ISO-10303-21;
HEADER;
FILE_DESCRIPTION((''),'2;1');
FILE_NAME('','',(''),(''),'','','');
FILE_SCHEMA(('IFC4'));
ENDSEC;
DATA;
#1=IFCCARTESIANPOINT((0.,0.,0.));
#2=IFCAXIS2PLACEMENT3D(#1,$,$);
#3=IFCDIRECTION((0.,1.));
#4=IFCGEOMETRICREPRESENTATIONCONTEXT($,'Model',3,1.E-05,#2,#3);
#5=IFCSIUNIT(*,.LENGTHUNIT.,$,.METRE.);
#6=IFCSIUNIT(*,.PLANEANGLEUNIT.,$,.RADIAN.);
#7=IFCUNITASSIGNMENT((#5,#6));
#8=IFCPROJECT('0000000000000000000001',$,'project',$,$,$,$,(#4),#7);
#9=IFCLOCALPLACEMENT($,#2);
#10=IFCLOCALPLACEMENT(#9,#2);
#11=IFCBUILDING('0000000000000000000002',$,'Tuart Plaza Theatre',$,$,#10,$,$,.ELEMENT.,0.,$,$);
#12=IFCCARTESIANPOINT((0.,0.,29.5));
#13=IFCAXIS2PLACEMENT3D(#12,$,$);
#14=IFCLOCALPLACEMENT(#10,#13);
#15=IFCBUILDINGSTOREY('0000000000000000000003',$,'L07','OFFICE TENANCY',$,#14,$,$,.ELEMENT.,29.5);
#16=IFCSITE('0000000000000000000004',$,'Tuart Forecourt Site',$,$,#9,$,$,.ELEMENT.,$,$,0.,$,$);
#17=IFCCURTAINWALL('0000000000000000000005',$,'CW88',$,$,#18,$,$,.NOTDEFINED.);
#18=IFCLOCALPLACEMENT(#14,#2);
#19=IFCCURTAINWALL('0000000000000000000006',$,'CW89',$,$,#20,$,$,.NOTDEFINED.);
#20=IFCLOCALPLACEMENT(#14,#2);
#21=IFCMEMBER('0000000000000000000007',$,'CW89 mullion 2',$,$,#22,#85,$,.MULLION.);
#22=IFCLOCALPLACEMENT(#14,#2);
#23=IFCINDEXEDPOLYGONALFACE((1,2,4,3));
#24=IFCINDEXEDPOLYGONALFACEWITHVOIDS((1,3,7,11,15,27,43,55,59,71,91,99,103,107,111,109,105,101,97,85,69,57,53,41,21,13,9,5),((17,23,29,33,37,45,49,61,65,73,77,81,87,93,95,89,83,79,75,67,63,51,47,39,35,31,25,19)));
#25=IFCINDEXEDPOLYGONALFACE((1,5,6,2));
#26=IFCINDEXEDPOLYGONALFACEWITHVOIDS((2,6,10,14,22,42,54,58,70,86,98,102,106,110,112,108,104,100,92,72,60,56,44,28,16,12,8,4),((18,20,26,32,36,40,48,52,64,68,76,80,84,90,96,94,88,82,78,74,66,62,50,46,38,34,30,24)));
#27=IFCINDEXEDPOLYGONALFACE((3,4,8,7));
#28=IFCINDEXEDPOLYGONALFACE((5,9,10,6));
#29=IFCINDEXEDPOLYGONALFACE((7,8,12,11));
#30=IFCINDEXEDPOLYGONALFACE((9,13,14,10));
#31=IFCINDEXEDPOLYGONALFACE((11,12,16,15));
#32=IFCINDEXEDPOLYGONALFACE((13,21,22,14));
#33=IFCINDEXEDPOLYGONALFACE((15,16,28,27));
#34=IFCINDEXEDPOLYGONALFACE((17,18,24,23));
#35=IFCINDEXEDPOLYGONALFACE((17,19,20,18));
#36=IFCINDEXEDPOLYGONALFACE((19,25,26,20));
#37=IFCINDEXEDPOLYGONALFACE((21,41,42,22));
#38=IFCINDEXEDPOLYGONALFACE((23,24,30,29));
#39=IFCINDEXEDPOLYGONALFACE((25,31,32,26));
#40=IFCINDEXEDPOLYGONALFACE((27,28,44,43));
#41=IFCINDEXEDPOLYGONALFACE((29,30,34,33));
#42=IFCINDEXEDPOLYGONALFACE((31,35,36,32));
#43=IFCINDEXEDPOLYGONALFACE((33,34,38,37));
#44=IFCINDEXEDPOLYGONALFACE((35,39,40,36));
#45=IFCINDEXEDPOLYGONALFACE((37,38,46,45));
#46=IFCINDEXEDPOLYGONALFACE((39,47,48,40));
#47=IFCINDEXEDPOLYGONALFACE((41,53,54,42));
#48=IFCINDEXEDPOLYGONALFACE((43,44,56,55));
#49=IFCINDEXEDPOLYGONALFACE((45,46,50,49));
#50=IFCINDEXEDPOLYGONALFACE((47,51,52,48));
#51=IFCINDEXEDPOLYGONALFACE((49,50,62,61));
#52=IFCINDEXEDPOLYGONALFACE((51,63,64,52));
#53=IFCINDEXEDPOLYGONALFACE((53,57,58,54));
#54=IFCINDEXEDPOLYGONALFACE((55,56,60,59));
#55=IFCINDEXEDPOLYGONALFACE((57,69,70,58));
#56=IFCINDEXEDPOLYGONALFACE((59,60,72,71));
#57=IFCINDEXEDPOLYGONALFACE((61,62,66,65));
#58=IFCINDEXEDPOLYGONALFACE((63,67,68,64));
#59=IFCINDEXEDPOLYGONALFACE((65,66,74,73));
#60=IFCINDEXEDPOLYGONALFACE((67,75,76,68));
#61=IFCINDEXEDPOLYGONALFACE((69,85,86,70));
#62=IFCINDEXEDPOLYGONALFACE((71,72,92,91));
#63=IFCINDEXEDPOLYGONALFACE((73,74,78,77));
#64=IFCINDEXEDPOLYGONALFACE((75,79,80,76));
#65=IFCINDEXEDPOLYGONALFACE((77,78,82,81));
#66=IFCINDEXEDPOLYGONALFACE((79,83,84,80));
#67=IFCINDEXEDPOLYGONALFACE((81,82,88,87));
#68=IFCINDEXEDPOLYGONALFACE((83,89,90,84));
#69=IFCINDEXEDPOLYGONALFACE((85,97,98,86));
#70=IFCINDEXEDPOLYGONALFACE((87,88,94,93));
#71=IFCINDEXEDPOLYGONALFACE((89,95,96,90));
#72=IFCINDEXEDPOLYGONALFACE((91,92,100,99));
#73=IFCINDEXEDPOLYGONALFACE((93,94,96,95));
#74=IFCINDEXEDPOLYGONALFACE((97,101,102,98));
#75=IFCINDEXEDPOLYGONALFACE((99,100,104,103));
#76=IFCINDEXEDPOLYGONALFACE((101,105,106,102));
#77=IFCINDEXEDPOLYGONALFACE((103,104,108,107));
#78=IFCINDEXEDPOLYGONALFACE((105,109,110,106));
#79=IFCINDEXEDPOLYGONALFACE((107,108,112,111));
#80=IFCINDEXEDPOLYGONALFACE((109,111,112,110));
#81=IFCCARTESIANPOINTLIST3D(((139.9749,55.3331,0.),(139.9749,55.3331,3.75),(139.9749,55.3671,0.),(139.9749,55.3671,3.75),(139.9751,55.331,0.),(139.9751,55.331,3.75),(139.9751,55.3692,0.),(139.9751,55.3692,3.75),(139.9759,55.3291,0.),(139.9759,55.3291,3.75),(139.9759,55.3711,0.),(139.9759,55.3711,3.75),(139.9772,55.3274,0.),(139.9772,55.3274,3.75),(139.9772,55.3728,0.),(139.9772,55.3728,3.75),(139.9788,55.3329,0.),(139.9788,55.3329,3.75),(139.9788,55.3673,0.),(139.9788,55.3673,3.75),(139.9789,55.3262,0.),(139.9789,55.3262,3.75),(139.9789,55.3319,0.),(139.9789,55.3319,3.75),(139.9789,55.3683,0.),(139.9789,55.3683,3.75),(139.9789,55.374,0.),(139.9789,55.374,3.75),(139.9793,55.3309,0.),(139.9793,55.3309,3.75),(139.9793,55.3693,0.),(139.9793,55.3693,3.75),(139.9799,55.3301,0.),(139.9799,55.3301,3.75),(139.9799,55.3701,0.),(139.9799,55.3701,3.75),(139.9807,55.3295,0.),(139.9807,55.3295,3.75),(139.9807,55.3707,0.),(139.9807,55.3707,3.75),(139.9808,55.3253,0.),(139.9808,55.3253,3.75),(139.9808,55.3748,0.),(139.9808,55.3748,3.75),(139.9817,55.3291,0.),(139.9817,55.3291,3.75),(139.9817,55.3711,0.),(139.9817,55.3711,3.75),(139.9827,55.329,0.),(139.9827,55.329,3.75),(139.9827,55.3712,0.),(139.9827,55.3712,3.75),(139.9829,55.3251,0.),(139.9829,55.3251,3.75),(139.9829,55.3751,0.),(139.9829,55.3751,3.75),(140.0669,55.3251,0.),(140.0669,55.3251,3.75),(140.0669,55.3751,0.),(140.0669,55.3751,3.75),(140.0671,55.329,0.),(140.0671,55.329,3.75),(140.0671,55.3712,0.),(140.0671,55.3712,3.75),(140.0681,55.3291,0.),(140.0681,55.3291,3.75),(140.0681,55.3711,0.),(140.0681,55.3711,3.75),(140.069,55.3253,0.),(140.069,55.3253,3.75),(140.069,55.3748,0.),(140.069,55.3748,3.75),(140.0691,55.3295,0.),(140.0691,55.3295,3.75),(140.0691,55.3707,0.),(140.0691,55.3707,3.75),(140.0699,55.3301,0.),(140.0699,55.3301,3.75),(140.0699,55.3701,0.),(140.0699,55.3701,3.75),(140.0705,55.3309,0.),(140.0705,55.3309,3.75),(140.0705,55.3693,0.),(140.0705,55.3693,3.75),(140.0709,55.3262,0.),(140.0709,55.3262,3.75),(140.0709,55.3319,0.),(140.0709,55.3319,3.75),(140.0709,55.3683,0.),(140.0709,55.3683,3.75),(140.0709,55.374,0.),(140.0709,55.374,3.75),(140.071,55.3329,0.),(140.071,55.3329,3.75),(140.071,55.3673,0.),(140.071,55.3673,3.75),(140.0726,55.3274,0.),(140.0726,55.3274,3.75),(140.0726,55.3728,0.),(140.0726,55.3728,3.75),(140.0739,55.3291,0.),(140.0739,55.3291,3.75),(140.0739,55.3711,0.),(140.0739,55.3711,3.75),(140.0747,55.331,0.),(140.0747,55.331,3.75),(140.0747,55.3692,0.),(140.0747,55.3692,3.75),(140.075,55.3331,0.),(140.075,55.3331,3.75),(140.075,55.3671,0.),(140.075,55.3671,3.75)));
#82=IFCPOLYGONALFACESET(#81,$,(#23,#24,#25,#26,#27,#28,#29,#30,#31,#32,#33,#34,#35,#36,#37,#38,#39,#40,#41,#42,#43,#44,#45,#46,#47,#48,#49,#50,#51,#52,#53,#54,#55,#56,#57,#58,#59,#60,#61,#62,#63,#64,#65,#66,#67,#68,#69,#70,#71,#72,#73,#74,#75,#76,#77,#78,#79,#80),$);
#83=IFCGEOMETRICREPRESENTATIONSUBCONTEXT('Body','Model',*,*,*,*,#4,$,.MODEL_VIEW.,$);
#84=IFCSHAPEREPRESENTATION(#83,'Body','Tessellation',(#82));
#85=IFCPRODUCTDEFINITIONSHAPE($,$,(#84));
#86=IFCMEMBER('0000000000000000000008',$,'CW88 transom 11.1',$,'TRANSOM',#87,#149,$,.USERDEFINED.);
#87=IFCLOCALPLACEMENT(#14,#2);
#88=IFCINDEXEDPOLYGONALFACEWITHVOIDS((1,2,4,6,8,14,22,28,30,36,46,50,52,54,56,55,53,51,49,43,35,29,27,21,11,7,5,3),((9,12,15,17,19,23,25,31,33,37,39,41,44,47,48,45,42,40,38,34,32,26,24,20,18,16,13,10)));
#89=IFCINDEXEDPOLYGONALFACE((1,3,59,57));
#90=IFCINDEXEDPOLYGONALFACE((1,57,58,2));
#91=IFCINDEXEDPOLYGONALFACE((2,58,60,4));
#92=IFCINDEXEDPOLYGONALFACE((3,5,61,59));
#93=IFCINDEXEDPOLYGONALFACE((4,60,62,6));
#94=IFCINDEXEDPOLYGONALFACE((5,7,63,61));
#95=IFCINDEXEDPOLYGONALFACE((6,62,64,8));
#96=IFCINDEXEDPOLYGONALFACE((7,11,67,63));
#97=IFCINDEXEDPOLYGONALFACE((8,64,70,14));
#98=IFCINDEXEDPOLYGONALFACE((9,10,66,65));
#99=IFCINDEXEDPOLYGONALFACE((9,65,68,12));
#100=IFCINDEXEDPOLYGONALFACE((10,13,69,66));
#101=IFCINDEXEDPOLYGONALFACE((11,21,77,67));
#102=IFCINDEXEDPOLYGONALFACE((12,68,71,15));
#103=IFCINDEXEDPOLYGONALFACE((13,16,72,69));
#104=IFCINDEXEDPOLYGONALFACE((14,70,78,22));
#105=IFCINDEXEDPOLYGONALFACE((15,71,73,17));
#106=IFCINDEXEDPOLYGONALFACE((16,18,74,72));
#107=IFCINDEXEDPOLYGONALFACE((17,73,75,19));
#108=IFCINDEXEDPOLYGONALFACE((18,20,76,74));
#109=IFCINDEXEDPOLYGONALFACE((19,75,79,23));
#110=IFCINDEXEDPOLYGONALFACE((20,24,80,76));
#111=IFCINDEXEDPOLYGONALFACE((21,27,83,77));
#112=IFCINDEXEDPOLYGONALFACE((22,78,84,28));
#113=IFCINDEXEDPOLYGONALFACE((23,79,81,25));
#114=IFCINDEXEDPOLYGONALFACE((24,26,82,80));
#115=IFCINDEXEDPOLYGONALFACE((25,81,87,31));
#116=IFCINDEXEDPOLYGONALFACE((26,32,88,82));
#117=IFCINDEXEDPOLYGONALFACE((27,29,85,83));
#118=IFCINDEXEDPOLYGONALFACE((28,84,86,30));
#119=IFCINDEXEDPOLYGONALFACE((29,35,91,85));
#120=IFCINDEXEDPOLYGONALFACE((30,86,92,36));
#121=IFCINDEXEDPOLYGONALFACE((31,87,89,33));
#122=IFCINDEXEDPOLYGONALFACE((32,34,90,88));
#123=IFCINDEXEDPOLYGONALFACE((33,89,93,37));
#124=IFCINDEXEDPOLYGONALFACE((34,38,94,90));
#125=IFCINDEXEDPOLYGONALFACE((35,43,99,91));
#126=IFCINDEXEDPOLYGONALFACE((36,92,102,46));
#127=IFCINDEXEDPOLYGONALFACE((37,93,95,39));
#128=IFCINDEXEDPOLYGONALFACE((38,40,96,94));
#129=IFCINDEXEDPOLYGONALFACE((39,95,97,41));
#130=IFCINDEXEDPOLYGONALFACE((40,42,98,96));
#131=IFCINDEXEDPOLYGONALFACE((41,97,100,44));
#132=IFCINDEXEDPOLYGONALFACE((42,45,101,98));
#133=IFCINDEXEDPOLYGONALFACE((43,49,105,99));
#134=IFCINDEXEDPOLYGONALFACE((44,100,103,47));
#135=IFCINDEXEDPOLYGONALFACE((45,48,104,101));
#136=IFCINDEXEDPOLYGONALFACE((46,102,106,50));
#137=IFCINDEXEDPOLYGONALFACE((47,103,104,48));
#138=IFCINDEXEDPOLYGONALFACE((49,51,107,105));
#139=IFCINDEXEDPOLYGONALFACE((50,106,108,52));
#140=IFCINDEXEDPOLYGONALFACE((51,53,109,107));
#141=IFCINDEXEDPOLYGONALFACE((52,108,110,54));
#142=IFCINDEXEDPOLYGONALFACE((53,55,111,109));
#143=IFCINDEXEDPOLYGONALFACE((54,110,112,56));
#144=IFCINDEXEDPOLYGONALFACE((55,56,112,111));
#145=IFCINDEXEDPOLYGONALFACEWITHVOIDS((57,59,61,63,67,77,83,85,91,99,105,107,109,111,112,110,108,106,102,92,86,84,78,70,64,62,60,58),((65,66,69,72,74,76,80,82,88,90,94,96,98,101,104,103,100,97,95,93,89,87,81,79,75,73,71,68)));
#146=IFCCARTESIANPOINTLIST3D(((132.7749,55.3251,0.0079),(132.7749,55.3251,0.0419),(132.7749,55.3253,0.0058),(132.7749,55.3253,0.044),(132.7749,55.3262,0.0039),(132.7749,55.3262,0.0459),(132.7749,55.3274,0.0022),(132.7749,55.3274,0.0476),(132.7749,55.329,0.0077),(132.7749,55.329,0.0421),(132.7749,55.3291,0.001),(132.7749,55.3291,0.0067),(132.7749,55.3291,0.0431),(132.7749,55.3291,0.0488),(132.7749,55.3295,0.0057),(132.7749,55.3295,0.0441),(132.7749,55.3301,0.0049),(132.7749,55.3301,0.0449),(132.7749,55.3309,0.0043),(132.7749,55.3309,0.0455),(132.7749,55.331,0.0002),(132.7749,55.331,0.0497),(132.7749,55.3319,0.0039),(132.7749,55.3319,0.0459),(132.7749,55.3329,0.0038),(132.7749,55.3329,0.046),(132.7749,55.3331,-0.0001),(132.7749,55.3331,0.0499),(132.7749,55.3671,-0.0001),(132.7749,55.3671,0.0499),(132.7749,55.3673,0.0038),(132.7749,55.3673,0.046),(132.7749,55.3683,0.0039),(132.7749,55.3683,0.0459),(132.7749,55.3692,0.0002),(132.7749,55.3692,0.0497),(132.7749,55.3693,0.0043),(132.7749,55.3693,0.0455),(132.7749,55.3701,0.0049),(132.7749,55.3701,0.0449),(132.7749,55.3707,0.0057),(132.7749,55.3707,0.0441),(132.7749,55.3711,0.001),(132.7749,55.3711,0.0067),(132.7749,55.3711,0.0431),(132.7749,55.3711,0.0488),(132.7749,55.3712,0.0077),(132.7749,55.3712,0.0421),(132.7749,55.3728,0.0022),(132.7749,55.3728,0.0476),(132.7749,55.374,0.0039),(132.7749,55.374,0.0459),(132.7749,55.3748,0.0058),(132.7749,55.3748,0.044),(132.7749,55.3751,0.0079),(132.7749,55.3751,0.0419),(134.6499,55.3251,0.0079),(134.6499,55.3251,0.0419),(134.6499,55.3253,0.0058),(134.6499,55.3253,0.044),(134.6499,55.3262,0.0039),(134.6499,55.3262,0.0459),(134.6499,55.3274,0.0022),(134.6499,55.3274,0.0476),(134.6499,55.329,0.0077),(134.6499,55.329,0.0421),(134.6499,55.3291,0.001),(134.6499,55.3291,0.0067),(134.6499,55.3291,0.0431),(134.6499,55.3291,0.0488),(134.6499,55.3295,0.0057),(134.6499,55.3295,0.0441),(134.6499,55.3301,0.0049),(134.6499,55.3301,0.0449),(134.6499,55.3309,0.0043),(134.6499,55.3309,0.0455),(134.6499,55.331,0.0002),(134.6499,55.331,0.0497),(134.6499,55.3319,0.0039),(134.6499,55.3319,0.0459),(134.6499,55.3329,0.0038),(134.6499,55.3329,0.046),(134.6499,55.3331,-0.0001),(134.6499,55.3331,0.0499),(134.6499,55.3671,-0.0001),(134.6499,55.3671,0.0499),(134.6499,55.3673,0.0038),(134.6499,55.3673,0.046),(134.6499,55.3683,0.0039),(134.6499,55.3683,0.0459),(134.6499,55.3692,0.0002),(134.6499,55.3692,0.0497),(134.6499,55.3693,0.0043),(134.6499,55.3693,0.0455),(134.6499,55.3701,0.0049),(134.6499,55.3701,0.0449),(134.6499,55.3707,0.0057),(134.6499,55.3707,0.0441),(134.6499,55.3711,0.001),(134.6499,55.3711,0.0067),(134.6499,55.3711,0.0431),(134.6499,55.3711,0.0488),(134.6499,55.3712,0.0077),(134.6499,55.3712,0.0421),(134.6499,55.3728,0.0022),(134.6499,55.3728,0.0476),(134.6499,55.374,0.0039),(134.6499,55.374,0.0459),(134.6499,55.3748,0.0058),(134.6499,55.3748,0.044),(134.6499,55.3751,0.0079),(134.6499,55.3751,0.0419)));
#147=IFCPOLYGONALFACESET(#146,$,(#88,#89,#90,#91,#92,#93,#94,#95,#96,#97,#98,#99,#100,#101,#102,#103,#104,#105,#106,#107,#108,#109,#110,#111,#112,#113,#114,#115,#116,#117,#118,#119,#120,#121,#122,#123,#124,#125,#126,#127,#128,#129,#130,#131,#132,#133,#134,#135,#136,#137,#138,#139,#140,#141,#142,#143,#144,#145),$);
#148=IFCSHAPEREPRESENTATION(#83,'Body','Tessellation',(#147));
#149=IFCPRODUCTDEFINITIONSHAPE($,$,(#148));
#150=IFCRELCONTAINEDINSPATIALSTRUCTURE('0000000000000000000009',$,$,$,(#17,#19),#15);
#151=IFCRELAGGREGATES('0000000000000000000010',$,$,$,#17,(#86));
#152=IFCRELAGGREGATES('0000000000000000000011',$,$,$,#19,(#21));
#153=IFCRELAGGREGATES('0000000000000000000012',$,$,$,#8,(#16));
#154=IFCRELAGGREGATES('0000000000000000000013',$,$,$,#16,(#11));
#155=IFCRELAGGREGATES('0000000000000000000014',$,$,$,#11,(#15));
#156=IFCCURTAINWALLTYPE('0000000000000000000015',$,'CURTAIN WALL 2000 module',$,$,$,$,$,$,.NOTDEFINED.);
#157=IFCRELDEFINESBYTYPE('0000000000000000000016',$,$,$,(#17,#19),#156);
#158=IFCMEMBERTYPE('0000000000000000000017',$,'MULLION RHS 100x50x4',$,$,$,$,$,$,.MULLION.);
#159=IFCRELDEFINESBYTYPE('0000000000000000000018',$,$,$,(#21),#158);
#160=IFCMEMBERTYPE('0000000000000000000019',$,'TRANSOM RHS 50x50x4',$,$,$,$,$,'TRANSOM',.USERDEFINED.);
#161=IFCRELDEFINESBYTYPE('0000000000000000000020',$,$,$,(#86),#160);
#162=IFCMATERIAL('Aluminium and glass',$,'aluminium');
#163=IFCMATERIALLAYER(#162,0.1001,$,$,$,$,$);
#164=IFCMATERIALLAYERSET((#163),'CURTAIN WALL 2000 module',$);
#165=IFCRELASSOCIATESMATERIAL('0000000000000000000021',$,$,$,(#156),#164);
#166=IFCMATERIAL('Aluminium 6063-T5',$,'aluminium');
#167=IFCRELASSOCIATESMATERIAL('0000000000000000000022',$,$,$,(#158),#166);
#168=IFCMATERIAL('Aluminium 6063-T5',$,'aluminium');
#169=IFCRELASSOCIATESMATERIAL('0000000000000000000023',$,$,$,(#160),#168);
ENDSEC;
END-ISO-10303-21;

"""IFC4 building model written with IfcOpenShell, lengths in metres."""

from ifc_helpers import new_model, si_unit, direction, frame, origin, origin_2d, place, context, subcontext, project, spatial, hollow_rectangle, extrude, material, layer, layer_set, material_profile, profile_set, type_object, element, aggregate, save


model = new_model("IFC4")

# Units and contexts
model_context = context("Model", 3, precision=1e-05, world=origin(), true_north=direction((0.0, 1.0)))
body_context = subcontext(model_context, "Body", "Model", "MODEL_VIEW")
ifc_project = project(units=[si_unit("LENGTHUNIT", "METRE"), si_unit("PLANEANGLEUNIT", "RADIAN")], contexts=[model_context])

# Site, building, storey
site_placement = place(None, origin())
site = spatial("IfcSite", under=ifc_project, at=site_placement, Name="Tuart Forecourt Site", CompositionType="ELEMENT", RefElevation=0.0)
building_placement = place(site_placement, origin())
building = spatial("IfcBuilding", under=site, at=building_placement, Name="Tuart Plaza Theatre", CompositionType="ELEMENT", ElevationOfRefHeight=0.0)
storey_placement = place(building_placement, frame((0.0, 0.0, 29.5)))
storey = spatial("IfcBuildingStorey", under=building, at=storey_placement, Name="L07", Description="OFFICE TENANCY", CompositionType="ELEMENT", Elevation=29.5)

# Curtain walls, member
ifc_material_1 = material(Name="Aluminium and glass", Category="aluminium")
ifc_layer_1 = layer(ifc_material_1, 0.1001)
ifc_layer_set_1 = layer_set([ifc_layer_1], Name="CURTAIN WALL 2000 module")
curtain_wall_type = type_object("IfcCurtainWallType", Name="CURTAIN WALL 2000 module", PredefinedType="NOTDEFINED", material=ifc_layer_set_1)
curtain_wall_1_placement = place(storey_placement, origin())
curtain_wall_1 = element("IfcCurtainWall", 1, at=curtain_wall_1_placement, inside=storey, type_object=curtain_wall_type, Name="CW88", PredefinedType="NOTDEFINED")
ifc_material_2 = material(Name="Aluminium 6063-T5", Category="aluminium")
ifc_material_profile_1 = material_profile(ifc_material_2, hollow_rectangle(XDim=0.05, YDim=0.1001, WallThickness=0.0039, InnerFilletRadius=0.0039, OuterFilletRadius=0.0081, at=origin_2d()), Name="RHS 100x50x4")
ifc_profile_set_1 = profile_set([ifc_material_profile_1], Name="Aluminium 6063-T5")
member_type_1 = type_object("IfcMemberType", Name="MULLION RHS 100x50x4", PredefinedType="MULLION", material=ifc_profile_set_1)
curtain_wall_2_placement = place(storey_placement, origin())
curtain_wall_2 = element("IfcCurtainWall", 2, at=curtain_wall_2_placement, inside=storey, type_object=curtain_wall_type, Name="CW89", PredefinedType="NOTDEFINED")
member_1_placement = place(storey_placement, frame((140.0249, 55.3501, 0.0), z_axis=(0.0, 0.0, 1.0), x_axis=(0.0, 1.0, 0.0)))
member_1 = element("IfcMember", 3, at=member_1_placement, type_object=member_type_1, Name="CW89 mullion 2", PredefinedType="MULLION", context=body_context, shape_type="SweptSolid", body=[
    extrude(hollow_rectangle(XDim=0.05, YDim=0.1001, WallThickness=0.0039, InnerFilletRadius=0.0039, OuterFilletRadius=0.0081, at=origin_2d()), origin(), (0.0, 0.0, 1.0), 3.75),
])

# Member
ifc_material_3 = material(Name="Aluminium 6063-T5", Category="aluminium")
ifc_material_profile_2 = material_profile(ifc_material_3, hollow_rectangle(XDim=0.05, YDim=0.05, WallThickness=0.0039, InnerFilletRadius=0.0039, OuterFilletRadius=0.0081, at=origin_2d()), Name="RHS 50x50x4")
ifc_profile_set_2 = profile_set([ifc_material_profile_2], Name="Aluminium 6063-T5")
member_type_2 = type_object("IfcMemberType", Name="TRANSOM RHS 50x50x4", ElementType="TRANSOM", PredefinedType="USERDEFINED", material=ifc_profile_set_2)
member_2_placement = place(storey_placement, frame((132.7749, 55.3501, 0.0249), z_axis=(1.0, 0.0, 0.0), x_axis=(0.0, 1.0, 0.0)))
member_2 = element("IfcMember", 4, at=member_2_placement, type_object=member_type_2, Name="CW88 transom 11.1", ObjectType="TRANSOM", PredefinedType="USERDEFINED", context=body_context, shape_type="SweptSolid", body=[
    extrude(hollow_rectangle(XDim=0.05, YDim=0.05, WallThickness=0.0039, InnerFilletRadius=0.0039, OuterFilletRadius=0.0081, at=origin_2d()), origin(), (0.0, 0.0, 1.0), 1.875),
])

aggregate(curtain_wall_1, [member_2])
aggregate(curtain_wall_2, [member_1])

save(model, "model.ifc")
